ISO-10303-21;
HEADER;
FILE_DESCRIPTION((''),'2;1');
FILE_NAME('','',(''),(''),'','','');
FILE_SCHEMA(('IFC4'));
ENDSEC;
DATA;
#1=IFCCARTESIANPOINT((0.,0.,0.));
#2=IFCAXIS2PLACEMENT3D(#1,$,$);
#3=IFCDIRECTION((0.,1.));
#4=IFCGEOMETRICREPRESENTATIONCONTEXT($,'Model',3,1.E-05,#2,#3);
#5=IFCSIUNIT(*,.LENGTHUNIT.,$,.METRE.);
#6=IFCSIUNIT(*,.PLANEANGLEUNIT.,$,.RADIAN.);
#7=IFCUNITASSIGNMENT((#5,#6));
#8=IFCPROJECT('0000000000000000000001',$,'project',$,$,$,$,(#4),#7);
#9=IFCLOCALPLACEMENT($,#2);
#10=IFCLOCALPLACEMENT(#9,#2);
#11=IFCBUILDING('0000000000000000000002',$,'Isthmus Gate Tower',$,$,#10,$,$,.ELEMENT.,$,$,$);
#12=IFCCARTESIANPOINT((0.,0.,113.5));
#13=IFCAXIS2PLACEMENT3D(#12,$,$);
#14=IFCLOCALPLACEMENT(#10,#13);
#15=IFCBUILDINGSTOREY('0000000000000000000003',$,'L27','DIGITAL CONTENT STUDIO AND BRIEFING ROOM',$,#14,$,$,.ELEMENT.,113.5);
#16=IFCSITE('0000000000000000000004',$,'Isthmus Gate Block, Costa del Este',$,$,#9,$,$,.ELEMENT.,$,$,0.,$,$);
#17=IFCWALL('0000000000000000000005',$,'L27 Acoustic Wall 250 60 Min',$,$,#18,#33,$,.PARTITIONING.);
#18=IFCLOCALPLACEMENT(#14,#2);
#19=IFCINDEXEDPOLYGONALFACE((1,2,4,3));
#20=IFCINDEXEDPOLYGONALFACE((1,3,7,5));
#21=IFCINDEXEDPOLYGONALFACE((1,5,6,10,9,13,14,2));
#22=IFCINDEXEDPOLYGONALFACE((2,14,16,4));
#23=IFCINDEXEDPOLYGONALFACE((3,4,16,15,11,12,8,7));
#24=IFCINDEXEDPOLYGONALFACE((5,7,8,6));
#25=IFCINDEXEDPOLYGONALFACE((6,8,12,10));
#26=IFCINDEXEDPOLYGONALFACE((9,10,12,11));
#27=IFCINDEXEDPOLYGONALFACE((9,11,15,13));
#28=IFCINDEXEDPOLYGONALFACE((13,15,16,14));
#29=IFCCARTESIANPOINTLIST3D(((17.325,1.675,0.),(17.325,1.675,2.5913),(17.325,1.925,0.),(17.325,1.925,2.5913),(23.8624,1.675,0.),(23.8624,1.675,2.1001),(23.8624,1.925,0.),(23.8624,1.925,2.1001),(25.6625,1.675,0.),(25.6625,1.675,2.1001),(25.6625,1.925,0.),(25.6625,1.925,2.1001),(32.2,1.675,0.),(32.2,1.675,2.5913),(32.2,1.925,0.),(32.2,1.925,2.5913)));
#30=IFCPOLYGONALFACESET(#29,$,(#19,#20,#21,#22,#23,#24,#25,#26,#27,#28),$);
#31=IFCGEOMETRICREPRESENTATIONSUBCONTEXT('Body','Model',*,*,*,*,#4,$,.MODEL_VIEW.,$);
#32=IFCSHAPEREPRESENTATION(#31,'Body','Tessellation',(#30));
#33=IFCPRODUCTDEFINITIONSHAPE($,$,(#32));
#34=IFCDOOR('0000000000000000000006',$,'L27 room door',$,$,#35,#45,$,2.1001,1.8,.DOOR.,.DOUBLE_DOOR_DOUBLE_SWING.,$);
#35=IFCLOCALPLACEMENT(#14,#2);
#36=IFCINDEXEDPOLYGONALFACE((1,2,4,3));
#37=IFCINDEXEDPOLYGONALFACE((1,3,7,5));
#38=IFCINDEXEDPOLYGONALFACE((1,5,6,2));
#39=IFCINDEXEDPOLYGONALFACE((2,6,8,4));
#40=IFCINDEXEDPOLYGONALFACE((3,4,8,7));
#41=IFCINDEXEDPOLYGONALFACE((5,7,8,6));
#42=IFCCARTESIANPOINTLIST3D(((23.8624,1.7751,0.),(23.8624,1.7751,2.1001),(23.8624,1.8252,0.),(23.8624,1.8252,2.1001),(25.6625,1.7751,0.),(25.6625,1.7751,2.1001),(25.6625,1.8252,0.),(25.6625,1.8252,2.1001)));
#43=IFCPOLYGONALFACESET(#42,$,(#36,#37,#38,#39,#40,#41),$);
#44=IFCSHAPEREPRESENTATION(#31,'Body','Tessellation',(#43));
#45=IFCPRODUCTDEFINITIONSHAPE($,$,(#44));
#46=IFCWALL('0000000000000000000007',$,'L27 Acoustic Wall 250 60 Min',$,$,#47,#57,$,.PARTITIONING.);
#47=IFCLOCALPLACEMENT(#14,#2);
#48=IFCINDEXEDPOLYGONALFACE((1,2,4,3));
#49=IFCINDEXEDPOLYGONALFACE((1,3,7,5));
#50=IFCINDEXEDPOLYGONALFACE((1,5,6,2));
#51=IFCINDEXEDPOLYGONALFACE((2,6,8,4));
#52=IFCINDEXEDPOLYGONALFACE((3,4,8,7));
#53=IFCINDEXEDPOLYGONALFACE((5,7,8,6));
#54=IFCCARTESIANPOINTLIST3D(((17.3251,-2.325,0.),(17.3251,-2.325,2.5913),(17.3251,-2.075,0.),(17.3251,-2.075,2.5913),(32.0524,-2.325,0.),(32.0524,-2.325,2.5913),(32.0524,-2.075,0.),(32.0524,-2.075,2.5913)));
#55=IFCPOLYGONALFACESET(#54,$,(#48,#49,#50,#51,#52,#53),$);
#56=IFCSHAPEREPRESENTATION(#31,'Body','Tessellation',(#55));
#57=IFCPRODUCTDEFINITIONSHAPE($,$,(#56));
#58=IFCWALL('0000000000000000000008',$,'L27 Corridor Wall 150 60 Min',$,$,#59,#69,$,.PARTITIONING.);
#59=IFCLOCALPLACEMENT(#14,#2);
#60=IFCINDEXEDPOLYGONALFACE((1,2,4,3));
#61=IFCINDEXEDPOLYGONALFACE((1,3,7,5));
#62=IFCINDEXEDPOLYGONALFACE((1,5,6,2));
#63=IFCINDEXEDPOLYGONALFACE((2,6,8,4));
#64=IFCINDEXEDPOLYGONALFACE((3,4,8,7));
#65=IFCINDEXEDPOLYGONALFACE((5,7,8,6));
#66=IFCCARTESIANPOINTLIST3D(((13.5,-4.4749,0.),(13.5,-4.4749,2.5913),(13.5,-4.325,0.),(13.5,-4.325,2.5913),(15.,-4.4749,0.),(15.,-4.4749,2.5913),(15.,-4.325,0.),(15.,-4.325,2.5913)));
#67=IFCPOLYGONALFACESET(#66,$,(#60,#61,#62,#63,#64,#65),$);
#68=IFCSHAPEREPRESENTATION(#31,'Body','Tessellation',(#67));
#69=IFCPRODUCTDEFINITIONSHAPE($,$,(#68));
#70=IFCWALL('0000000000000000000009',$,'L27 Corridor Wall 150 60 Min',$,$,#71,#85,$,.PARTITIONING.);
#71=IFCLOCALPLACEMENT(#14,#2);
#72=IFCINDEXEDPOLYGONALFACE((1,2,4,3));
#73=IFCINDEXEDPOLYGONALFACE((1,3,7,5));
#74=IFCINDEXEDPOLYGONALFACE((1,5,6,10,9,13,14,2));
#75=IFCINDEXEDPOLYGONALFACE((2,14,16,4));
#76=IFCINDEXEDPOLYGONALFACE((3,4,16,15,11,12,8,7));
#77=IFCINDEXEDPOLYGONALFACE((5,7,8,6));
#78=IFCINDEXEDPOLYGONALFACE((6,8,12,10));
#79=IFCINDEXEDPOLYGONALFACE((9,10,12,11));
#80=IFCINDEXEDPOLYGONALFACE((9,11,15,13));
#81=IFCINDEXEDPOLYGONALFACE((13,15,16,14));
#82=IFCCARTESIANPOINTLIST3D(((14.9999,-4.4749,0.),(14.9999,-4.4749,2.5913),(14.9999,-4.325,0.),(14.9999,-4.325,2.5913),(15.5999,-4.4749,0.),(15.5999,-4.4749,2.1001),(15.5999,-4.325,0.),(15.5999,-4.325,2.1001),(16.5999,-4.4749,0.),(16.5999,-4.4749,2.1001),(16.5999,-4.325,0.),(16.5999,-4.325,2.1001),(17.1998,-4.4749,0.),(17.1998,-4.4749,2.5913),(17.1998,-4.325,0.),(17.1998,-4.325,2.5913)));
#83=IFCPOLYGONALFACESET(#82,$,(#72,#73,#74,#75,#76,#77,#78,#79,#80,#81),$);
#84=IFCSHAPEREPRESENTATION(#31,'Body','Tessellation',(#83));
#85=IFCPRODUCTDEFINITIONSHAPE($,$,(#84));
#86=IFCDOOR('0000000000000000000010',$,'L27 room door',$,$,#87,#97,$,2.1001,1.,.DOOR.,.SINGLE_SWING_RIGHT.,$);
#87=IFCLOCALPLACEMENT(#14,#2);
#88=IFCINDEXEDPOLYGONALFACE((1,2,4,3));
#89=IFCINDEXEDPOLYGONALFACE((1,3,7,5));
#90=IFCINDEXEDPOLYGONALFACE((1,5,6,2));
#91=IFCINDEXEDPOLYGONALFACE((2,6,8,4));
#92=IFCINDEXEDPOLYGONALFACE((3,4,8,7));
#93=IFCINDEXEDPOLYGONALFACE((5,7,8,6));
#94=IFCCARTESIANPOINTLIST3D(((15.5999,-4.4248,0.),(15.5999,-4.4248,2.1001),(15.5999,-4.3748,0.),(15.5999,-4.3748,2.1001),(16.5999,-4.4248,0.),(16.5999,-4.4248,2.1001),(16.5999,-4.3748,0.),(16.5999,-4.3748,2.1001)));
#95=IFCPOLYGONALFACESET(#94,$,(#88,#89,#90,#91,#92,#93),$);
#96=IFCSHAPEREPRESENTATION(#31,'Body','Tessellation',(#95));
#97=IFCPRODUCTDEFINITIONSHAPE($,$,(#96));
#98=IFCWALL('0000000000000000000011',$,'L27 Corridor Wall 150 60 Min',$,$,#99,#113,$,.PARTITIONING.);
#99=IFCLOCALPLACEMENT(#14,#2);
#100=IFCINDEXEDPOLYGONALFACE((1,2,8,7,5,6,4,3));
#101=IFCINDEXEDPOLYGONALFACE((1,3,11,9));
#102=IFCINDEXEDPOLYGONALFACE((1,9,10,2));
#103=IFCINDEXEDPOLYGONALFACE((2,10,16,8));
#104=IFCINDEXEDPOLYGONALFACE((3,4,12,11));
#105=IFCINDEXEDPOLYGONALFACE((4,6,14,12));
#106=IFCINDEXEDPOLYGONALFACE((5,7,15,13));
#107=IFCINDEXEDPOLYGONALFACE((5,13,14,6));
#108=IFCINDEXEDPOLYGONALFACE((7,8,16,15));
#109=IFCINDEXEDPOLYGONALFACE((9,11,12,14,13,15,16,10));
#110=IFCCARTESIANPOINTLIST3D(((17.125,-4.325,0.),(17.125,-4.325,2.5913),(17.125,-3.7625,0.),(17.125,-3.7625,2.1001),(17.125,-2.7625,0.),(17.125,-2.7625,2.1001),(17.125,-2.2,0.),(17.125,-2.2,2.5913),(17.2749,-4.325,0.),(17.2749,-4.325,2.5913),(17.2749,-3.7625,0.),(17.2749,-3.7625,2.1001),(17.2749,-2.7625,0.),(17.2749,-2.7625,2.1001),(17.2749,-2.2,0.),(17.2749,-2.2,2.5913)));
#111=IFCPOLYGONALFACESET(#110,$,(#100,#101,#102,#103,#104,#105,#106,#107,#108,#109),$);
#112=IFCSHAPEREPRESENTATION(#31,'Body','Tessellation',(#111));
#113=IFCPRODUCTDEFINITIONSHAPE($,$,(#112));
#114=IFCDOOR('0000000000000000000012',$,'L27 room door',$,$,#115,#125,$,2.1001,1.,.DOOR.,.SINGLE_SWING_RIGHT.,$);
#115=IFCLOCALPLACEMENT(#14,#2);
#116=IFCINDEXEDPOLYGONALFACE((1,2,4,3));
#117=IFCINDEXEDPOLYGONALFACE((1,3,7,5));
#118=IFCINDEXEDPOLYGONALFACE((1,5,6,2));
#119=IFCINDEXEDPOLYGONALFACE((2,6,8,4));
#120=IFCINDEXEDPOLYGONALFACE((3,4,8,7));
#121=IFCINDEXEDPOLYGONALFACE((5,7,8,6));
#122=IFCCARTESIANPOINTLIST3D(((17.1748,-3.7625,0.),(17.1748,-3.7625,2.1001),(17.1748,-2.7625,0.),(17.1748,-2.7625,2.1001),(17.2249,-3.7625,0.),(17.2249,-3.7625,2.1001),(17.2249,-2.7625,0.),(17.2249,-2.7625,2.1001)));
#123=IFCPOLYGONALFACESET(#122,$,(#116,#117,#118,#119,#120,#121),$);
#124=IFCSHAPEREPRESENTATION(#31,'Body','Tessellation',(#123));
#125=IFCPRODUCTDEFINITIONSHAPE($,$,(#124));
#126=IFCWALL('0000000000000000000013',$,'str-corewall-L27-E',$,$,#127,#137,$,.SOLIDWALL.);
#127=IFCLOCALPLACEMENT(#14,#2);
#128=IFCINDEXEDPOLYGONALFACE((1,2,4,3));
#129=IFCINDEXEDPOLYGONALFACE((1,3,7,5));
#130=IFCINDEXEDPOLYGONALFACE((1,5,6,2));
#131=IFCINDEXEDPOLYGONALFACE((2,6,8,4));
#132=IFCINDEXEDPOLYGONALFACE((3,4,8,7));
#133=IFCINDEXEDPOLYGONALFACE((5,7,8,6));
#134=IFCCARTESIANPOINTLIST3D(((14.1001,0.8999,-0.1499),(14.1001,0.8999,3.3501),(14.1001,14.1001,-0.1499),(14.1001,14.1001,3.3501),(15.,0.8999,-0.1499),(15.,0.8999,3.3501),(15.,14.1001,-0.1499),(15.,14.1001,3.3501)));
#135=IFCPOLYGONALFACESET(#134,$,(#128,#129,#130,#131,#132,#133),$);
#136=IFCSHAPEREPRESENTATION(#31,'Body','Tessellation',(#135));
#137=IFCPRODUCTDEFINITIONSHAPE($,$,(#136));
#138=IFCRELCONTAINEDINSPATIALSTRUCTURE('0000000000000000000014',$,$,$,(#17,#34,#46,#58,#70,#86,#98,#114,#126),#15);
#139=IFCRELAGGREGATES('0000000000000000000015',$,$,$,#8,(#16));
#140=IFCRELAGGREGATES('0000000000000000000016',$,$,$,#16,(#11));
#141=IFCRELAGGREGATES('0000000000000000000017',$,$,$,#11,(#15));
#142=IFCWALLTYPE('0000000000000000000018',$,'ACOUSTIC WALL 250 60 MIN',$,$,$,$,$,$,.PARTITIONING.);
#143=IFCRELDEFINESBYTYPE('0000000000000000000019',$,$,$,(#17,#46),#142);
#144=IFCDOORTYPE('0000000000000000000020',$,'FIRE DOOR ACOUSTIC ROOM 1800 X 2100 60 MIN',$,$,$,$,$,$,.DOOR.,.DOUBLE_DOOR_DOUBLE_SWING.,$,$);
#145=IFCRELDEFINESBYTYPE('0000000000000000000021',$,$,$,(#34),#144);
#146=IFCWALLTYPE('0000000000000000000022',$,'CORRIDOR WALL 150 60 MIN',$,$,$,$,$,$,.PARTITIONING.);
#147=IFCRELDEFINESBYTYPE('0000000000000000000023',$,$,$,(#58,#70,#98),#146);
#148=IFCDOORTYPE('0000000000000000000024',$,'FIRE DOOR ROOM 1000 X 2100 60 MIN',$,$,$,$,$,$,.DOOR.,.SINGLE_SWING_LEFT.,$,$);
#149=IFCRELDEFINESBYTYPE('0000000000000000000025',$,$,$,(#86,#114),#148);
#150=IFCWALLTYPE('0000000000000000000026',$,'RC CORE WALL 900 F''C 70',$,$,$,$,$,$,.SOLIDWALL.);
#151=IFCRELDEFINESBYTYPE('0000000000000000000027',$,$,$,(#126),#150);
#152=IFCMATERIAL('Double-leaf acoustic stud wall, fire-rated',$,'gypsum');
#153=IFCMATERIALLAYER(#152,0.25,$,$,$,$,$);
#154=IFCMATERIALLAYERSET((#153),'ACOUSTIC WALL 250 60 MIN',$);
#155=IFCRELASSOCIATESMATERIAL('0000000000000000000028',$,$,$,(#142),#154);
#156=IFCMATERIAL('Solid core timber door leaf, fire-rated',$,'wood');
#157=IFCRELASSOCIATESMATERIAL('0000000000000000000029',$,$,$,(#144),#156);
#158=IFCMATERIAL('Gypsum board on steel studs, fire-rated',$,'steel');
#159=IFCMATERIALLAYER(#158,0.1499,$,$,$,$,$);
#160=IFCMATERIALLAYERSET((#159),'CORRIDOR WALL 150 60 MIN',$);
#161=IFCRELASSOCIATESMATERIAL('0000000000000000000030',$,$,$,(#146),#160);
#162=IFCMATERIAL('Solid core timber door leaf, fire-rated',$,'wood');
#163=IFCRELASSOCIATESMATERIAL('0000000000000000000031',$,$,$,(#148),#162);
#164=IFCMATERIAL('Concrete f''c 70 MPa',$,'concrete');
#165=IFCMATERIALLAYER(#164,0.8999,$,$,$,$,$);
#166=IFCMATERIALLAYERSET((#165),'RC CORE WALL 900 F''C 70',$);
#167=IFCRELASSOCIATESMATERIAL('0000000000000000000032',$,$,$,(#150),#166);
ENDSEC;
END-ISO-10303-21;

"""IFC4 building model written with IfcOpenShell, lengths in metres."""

from ifc_helpers import new_model, si_unit, direction, frame, frame_2d, origin, place, context, subcontext, project, spatial, rectangle, extrude, material, layer, layer_set, type_object, element, fill, save


model = new_model("IFC4")

# Units and contexts
model_context = context("Model", 3, precision=1e-05, world=origin(), true_north=direction((0.0, 1.0)))
body_context = subcontext(model_context, "Body", "Model", "MODEL_VIEW")
ifc_project = project(units=[si_unit("LENGTHUNIT", "METRE"), si_unit("PLANEANGLEUNIT", "RADIAN")], contexts=[model_context])

# Site, building, storey
site_placement = place(None, origin())
site = spatial("IfcSite", under=ifc_project, at=site_placement, Name="Isthmus Gate Block, Costa del Este", CompositionType="ELEMENT", RefElevation=0.0)
building_placement = place(site_placement, origin())
building = spatial("IfcBuilding", under=site, at=building_placement, Name="Isthmus Gate Tower", CompositionType="ELEMENT")
storey_placement = place(building_placement, frame((0.0, 0.0, 113.5)))
storey = spatial("IfcBuildingStorey", under=building, at=storey_placement, Name="L27", Description="DIGITAL CONTENT STUDIO AND BRIEFING ROOM", CompositionType="ELEMENT", Elevation=113.5)

# Shared definitions
ifc_material_1 = material(Name="Double-leaf acoustic stud wall, fire-rated", Category="gypsum")
ifc_layer_1 = layer(ifc_material_1, 0.25)
ifc_layer_set_1 = layer_set([ifc_layer_1], Name="ACOUSTIC WALL 250 60 MIN")
wall_type_1 = type_object("IfcWallType", Name="ACOUSTIC WALL 250 60 MIN", PredefinedType="PARTITIONING", material=ifc_layer_set_1)

# Wall, opening, door
wall_1_placement = place(storey_placement, frame((32.2, 1.8, 0.0), z_axis=(0.0, 0.0, 1.0), x_axis=(-1.0, 0.0, 0.0)))
wall_1 = element("IfcWall", 1, at=wall_1_placement, inside=storey, type_object=wall_type_1, Name="L27 Acoustic Wall 250 60 Min", PredefinedType="PARTITIONING", context=body_context, shape_type="SweptSolid", body=[
    extrude(rectangle(XDim=14.875, YDim=0.25, at=frame_2d((7.4375, 0.0))), origin(), (0.0, 0.0, 1.0), 2.5913),
])
opening_1_placement = place(wall_1_placement, frame((6.5376, 0.0, 0.0)))
opening_1 = element("IfcOpeningElement", 2, at=opening_1_placement, cuts=wall_1, PredefinedType="OPENING", context=body_context, shape_type="SweptSolid", body=[
    extrude(rectangle(XDim=1.8, YDim=2.1001, at=frame_2d((0.8999, 1.05))), frame((0.0, 0.135, 0.0), z_axis=(0.0, -1.0, 0.0), x_axis=(1.0, 0.0, 0.0)), (0.0, 0.0, 1.0), 0.27),
])
ifc_material_2 = material(Name="Solid core timber door leaf, fire-rated", Category="wood")
door_type_1 = type_object("IfcDoorType", Name="FIRE DOOR ACOUSTIC ROOM 1800 X 2100 60 MIN", OperationType="DOUBLE_DOOR_DOUBLE_SWING", PredefinedType="DOOR", material=ifc_material_2)
door_1_placement = place(opening_1_placement, origin())
door_1 = element("IfcDoor", 3, at=door_1_placement, inside=storey, type_object=door_type_1, Name="L27 room door", OperationType="DOUBLE_DOOR_DOUBLE_SWING", OverallHeight=2.1001, OverallWidth=1.8, PredefinedType="DOOR", context=body_context, shape_type="SweptSolid", body=[
    extrude(rectangle(XDim=1.8, YDim=2.1001, at=frame_2d((0.8999, 1.05))), frame((0.0, 0.0249, 0.0), z_axis=(0.0, -1.0, 0.0), x_axis=(1.0, 0.0, 0.0)), (0.0, 0.0, 1.0), 0.05),
])
fill(opening_1, door_1)

# Walls
wall_2_placement = place(storey_placement, frame((17.325, -2.2, 0.0), z_axis=(0.0, 0.0, 1.0), x_axis=(1.0, 0.0, 0.0)))
element("IfcWall", 4, at=wall_2_placement, inside=storey, type_object=wall_type_1, Name="L27 Acoustic Wall 250 60 Min", PredefinedType="PARTITIONING", context=body_context, shape_type="SweptSolid", body=[
    extrude(rectangle(XDim=14.7273, YDim=0.25, at=frame_2d((7.3638, 0.0))), origin(), (0.0, 0.0, 1.0), 2.5913),
])
ifc_material_3 = material(Name="Gypsum board on steel studs, fire-rated", Category="steel")
ifc_layer_2 = layer(ifc_material_3, 0.1499)
ifc_layer_set_2 = layer_set([ifc_layer_2], Name="CORRIDOR WALL 150 60 MIN")
wall_type_2 = type_object("IfcWallType", Name="CORRIDOR WALL 150 60 MIN", PredefinedType="PARTITIONING", material=ifc_layer_set_2)
wall_3_placement = place(storey_placement, frame((15.0, -4.3999, 0.0), z_axis=(0.0, 0.0, 1.0), x_axis=(-1.0, 0.0, 0.0)))
element("IfcWall", 5, at=wall_3_placement, inside=storey, type_object=wall_type_2, Name="L27 Corridor Wall 150 60 Min", PredefinedType="PARTITIONING", context=body_context, shape_type="SweptSolid", body=[
    extrude(rectangle(XDim=1.5, YDim=0.1499, at=frame_2d((0.75, 0.0))), origin(), (0.0, 0.0, 1.0), 2.5913),
])

# Walls, openings, doors
wall_4_placement = place(storey_placement, frame((17.2, -4.3999, 0.0), z_axis=(0.0, 0.0, 1.0), x_axis=(-1.0, 0.0, 0.0)))
wall_4 = element("IfcWall", 6, at=wall_4_placement, inside=storey, type_object=wall_type_2, Name="L27 Corridor Wall 150 60 Min", PredefinedType="PARTITIONING", context=body_context, shape_type="SweptSolid", body=[
    extrude(rectangle(XDim=2.2, YDim=0.1499, at=frame_2d((1.1001, 0.0))), origin(), (0.0, 0.0, 1.0), 2.5913),
])
opening_2_placement = place(wall_4_placement, frame((0.6001, 0.0, 0.0)))
opening_2 = element("IfcOpeningElement", 7, at=opening_2_placement, cuts=wall_4, PredefinedType="OPENING", context=body_context, shape_type="SweptSolid", body=[
    extrude(rectangle(XDim=1.0, YDim=2.1001, at=frame_2d((0.5, 1.05))), frame((0.0, 0.085, 0.0), z_axis=(0.0, -1.0, 0.0), x_axis=(1.0, 0.0, 0.0)), (0.0, 0.0, 1.0), 0.1699),
])
ifc_material_4 = material(Name="Solid core timber door leaf, fire-rated", Category="wood")
door_type_2 = type_object("IfcDoorType", Name="FIRE DOOR ROOM 1000 X 2100 60 MIN", OperationType="SINGLE_SWING_LEFT", PredefinedType="DOOR", material=ifc_material_4)
door_2_placement = place(opening_2_placement, origin())
door_2 = element("IfcDoor", 8, at=door_2_placement, inside=storey, type_object=door_type_2, Name="L27 room door", OperationType="SINGLE_SWING_RIGHT", OverallHeight=2.1001, OverallWidth=1.0, PredefinedType="DOOR", context=body_context, shape_type="SweptSolid", body=[
    extrude(rectangle(XDim=1.0, YDim=2.1001, at=frame_2d((0.5, 1.05))), frame((0.0, 0.0249, 0.0), z_axis=(0.0, -1.0, 0.0), x_axis=(1.0, 0.0, 0.0)), (0.0, 0.0, 1.0), 0.05),
])
fill(opening_2, door_2)
wall_5_placement = place(storey_placement, frame((17.2, -2.2, 0.0), z_axis=(0.0, 0.0, 1.0), x_axis=(0.0, -1.0, 0.0)))
wall_5 = element("IfcWall", 9, at=wall_5_placement, inside=storey, type_object=wall_type_2, Name="L27 Corridor Wall 150 60 Min", PredefinedType="PARTITIONING", context=body_context, shape_type="SweptSolid", body=[
    extrude(rectangle(XDim=2.125, YDim=0.1499, at=frame_2d((1.0625, 0.0))), origin(), (0.0, 0.0, 1.0), 2.5913),
])
opening_3_placement = place(wall_5_placement, frame((0.5625, 0.0, 0.0)))
opening_3 = element("IfcOpeningElement", 10, at=opening_3_placement, cuts=wall_5, PredefinedType="OPENING", context=body_context, shape_type="SweptSolid", body=[
    extrude(rectangle(XDim=1.0, YDim=2.1001, at=frame_2d((0.5, 1.05))), frame((0.0, 0.085, 0.0), z_axis=(0.0, -1.0, 0.0), x_axis=(1.0, 0.0, 0.0)), (0.0, 0.0, 1.0), 0.1699),
])
door_3_placement = place(opening_3_placement, origin())
door_3 = element("IfcDoor", 11, at=door_3_placement, inside=storey, type_object=door_type_2, Name="L27 room door", OperationType="SINGLE_SWING_RIGHT", OverallHeight=2.1001, OverallWidth=1.0, PredefinedType="DOOR", context=body_context, shape_type="SweptSolid", body=[
    extrude(rectangle(XDim=1.0, YDim=2.1001, at=frame_2d((0.5, 1.05))), frame((0.0, 0.0249, 0.0), z_axis=(0.0, -1.0, 0.0), x_axis=(1.0, 0.0, 0.0)), (0.0, 0.0, 1.0), 0.05),
])
fill(opening_3, door_3)

# Wall
ifc_material_5 = material(Name="Concrete f'c 70 MPa", Category="concrete")
ifc_layer_3 = layer(ifc_material_5, 0.8999)
ifc_layer_set_3 = layer_set([ifc_layer_3], Name="RC CORE WALL 900 F'C 70")
wall_type_3 = type_object("IfcWallType", Name="RC CORE WALL 900 F'C 70", PredefinedType="SOLIDWALL", material=ifc_layer_set_3)
wall_6_placement = place(storey_placement, frame((14.55, 0.8999, -0.1499), z_axis=(0.0, 0.0, 1.0), x_axis=(0.0, 1.0, 0.0)))
element("IfcWall", 12, at=wall_6_placement, inside=storey, type_object=wall_type_3, Name="str-corewall-L27-E", PredefinedType="SOLIDWALL", context=body_context, shape_type="SweptSolid", body=[
    extrude(rectangle(XDim=13.2002, YDim=0.8999, at=frame_2d((6.6001, 0.0))), origin(), (0.0, 0.0, 1.0), 3.5),
])

save(model, "model.ifc")
